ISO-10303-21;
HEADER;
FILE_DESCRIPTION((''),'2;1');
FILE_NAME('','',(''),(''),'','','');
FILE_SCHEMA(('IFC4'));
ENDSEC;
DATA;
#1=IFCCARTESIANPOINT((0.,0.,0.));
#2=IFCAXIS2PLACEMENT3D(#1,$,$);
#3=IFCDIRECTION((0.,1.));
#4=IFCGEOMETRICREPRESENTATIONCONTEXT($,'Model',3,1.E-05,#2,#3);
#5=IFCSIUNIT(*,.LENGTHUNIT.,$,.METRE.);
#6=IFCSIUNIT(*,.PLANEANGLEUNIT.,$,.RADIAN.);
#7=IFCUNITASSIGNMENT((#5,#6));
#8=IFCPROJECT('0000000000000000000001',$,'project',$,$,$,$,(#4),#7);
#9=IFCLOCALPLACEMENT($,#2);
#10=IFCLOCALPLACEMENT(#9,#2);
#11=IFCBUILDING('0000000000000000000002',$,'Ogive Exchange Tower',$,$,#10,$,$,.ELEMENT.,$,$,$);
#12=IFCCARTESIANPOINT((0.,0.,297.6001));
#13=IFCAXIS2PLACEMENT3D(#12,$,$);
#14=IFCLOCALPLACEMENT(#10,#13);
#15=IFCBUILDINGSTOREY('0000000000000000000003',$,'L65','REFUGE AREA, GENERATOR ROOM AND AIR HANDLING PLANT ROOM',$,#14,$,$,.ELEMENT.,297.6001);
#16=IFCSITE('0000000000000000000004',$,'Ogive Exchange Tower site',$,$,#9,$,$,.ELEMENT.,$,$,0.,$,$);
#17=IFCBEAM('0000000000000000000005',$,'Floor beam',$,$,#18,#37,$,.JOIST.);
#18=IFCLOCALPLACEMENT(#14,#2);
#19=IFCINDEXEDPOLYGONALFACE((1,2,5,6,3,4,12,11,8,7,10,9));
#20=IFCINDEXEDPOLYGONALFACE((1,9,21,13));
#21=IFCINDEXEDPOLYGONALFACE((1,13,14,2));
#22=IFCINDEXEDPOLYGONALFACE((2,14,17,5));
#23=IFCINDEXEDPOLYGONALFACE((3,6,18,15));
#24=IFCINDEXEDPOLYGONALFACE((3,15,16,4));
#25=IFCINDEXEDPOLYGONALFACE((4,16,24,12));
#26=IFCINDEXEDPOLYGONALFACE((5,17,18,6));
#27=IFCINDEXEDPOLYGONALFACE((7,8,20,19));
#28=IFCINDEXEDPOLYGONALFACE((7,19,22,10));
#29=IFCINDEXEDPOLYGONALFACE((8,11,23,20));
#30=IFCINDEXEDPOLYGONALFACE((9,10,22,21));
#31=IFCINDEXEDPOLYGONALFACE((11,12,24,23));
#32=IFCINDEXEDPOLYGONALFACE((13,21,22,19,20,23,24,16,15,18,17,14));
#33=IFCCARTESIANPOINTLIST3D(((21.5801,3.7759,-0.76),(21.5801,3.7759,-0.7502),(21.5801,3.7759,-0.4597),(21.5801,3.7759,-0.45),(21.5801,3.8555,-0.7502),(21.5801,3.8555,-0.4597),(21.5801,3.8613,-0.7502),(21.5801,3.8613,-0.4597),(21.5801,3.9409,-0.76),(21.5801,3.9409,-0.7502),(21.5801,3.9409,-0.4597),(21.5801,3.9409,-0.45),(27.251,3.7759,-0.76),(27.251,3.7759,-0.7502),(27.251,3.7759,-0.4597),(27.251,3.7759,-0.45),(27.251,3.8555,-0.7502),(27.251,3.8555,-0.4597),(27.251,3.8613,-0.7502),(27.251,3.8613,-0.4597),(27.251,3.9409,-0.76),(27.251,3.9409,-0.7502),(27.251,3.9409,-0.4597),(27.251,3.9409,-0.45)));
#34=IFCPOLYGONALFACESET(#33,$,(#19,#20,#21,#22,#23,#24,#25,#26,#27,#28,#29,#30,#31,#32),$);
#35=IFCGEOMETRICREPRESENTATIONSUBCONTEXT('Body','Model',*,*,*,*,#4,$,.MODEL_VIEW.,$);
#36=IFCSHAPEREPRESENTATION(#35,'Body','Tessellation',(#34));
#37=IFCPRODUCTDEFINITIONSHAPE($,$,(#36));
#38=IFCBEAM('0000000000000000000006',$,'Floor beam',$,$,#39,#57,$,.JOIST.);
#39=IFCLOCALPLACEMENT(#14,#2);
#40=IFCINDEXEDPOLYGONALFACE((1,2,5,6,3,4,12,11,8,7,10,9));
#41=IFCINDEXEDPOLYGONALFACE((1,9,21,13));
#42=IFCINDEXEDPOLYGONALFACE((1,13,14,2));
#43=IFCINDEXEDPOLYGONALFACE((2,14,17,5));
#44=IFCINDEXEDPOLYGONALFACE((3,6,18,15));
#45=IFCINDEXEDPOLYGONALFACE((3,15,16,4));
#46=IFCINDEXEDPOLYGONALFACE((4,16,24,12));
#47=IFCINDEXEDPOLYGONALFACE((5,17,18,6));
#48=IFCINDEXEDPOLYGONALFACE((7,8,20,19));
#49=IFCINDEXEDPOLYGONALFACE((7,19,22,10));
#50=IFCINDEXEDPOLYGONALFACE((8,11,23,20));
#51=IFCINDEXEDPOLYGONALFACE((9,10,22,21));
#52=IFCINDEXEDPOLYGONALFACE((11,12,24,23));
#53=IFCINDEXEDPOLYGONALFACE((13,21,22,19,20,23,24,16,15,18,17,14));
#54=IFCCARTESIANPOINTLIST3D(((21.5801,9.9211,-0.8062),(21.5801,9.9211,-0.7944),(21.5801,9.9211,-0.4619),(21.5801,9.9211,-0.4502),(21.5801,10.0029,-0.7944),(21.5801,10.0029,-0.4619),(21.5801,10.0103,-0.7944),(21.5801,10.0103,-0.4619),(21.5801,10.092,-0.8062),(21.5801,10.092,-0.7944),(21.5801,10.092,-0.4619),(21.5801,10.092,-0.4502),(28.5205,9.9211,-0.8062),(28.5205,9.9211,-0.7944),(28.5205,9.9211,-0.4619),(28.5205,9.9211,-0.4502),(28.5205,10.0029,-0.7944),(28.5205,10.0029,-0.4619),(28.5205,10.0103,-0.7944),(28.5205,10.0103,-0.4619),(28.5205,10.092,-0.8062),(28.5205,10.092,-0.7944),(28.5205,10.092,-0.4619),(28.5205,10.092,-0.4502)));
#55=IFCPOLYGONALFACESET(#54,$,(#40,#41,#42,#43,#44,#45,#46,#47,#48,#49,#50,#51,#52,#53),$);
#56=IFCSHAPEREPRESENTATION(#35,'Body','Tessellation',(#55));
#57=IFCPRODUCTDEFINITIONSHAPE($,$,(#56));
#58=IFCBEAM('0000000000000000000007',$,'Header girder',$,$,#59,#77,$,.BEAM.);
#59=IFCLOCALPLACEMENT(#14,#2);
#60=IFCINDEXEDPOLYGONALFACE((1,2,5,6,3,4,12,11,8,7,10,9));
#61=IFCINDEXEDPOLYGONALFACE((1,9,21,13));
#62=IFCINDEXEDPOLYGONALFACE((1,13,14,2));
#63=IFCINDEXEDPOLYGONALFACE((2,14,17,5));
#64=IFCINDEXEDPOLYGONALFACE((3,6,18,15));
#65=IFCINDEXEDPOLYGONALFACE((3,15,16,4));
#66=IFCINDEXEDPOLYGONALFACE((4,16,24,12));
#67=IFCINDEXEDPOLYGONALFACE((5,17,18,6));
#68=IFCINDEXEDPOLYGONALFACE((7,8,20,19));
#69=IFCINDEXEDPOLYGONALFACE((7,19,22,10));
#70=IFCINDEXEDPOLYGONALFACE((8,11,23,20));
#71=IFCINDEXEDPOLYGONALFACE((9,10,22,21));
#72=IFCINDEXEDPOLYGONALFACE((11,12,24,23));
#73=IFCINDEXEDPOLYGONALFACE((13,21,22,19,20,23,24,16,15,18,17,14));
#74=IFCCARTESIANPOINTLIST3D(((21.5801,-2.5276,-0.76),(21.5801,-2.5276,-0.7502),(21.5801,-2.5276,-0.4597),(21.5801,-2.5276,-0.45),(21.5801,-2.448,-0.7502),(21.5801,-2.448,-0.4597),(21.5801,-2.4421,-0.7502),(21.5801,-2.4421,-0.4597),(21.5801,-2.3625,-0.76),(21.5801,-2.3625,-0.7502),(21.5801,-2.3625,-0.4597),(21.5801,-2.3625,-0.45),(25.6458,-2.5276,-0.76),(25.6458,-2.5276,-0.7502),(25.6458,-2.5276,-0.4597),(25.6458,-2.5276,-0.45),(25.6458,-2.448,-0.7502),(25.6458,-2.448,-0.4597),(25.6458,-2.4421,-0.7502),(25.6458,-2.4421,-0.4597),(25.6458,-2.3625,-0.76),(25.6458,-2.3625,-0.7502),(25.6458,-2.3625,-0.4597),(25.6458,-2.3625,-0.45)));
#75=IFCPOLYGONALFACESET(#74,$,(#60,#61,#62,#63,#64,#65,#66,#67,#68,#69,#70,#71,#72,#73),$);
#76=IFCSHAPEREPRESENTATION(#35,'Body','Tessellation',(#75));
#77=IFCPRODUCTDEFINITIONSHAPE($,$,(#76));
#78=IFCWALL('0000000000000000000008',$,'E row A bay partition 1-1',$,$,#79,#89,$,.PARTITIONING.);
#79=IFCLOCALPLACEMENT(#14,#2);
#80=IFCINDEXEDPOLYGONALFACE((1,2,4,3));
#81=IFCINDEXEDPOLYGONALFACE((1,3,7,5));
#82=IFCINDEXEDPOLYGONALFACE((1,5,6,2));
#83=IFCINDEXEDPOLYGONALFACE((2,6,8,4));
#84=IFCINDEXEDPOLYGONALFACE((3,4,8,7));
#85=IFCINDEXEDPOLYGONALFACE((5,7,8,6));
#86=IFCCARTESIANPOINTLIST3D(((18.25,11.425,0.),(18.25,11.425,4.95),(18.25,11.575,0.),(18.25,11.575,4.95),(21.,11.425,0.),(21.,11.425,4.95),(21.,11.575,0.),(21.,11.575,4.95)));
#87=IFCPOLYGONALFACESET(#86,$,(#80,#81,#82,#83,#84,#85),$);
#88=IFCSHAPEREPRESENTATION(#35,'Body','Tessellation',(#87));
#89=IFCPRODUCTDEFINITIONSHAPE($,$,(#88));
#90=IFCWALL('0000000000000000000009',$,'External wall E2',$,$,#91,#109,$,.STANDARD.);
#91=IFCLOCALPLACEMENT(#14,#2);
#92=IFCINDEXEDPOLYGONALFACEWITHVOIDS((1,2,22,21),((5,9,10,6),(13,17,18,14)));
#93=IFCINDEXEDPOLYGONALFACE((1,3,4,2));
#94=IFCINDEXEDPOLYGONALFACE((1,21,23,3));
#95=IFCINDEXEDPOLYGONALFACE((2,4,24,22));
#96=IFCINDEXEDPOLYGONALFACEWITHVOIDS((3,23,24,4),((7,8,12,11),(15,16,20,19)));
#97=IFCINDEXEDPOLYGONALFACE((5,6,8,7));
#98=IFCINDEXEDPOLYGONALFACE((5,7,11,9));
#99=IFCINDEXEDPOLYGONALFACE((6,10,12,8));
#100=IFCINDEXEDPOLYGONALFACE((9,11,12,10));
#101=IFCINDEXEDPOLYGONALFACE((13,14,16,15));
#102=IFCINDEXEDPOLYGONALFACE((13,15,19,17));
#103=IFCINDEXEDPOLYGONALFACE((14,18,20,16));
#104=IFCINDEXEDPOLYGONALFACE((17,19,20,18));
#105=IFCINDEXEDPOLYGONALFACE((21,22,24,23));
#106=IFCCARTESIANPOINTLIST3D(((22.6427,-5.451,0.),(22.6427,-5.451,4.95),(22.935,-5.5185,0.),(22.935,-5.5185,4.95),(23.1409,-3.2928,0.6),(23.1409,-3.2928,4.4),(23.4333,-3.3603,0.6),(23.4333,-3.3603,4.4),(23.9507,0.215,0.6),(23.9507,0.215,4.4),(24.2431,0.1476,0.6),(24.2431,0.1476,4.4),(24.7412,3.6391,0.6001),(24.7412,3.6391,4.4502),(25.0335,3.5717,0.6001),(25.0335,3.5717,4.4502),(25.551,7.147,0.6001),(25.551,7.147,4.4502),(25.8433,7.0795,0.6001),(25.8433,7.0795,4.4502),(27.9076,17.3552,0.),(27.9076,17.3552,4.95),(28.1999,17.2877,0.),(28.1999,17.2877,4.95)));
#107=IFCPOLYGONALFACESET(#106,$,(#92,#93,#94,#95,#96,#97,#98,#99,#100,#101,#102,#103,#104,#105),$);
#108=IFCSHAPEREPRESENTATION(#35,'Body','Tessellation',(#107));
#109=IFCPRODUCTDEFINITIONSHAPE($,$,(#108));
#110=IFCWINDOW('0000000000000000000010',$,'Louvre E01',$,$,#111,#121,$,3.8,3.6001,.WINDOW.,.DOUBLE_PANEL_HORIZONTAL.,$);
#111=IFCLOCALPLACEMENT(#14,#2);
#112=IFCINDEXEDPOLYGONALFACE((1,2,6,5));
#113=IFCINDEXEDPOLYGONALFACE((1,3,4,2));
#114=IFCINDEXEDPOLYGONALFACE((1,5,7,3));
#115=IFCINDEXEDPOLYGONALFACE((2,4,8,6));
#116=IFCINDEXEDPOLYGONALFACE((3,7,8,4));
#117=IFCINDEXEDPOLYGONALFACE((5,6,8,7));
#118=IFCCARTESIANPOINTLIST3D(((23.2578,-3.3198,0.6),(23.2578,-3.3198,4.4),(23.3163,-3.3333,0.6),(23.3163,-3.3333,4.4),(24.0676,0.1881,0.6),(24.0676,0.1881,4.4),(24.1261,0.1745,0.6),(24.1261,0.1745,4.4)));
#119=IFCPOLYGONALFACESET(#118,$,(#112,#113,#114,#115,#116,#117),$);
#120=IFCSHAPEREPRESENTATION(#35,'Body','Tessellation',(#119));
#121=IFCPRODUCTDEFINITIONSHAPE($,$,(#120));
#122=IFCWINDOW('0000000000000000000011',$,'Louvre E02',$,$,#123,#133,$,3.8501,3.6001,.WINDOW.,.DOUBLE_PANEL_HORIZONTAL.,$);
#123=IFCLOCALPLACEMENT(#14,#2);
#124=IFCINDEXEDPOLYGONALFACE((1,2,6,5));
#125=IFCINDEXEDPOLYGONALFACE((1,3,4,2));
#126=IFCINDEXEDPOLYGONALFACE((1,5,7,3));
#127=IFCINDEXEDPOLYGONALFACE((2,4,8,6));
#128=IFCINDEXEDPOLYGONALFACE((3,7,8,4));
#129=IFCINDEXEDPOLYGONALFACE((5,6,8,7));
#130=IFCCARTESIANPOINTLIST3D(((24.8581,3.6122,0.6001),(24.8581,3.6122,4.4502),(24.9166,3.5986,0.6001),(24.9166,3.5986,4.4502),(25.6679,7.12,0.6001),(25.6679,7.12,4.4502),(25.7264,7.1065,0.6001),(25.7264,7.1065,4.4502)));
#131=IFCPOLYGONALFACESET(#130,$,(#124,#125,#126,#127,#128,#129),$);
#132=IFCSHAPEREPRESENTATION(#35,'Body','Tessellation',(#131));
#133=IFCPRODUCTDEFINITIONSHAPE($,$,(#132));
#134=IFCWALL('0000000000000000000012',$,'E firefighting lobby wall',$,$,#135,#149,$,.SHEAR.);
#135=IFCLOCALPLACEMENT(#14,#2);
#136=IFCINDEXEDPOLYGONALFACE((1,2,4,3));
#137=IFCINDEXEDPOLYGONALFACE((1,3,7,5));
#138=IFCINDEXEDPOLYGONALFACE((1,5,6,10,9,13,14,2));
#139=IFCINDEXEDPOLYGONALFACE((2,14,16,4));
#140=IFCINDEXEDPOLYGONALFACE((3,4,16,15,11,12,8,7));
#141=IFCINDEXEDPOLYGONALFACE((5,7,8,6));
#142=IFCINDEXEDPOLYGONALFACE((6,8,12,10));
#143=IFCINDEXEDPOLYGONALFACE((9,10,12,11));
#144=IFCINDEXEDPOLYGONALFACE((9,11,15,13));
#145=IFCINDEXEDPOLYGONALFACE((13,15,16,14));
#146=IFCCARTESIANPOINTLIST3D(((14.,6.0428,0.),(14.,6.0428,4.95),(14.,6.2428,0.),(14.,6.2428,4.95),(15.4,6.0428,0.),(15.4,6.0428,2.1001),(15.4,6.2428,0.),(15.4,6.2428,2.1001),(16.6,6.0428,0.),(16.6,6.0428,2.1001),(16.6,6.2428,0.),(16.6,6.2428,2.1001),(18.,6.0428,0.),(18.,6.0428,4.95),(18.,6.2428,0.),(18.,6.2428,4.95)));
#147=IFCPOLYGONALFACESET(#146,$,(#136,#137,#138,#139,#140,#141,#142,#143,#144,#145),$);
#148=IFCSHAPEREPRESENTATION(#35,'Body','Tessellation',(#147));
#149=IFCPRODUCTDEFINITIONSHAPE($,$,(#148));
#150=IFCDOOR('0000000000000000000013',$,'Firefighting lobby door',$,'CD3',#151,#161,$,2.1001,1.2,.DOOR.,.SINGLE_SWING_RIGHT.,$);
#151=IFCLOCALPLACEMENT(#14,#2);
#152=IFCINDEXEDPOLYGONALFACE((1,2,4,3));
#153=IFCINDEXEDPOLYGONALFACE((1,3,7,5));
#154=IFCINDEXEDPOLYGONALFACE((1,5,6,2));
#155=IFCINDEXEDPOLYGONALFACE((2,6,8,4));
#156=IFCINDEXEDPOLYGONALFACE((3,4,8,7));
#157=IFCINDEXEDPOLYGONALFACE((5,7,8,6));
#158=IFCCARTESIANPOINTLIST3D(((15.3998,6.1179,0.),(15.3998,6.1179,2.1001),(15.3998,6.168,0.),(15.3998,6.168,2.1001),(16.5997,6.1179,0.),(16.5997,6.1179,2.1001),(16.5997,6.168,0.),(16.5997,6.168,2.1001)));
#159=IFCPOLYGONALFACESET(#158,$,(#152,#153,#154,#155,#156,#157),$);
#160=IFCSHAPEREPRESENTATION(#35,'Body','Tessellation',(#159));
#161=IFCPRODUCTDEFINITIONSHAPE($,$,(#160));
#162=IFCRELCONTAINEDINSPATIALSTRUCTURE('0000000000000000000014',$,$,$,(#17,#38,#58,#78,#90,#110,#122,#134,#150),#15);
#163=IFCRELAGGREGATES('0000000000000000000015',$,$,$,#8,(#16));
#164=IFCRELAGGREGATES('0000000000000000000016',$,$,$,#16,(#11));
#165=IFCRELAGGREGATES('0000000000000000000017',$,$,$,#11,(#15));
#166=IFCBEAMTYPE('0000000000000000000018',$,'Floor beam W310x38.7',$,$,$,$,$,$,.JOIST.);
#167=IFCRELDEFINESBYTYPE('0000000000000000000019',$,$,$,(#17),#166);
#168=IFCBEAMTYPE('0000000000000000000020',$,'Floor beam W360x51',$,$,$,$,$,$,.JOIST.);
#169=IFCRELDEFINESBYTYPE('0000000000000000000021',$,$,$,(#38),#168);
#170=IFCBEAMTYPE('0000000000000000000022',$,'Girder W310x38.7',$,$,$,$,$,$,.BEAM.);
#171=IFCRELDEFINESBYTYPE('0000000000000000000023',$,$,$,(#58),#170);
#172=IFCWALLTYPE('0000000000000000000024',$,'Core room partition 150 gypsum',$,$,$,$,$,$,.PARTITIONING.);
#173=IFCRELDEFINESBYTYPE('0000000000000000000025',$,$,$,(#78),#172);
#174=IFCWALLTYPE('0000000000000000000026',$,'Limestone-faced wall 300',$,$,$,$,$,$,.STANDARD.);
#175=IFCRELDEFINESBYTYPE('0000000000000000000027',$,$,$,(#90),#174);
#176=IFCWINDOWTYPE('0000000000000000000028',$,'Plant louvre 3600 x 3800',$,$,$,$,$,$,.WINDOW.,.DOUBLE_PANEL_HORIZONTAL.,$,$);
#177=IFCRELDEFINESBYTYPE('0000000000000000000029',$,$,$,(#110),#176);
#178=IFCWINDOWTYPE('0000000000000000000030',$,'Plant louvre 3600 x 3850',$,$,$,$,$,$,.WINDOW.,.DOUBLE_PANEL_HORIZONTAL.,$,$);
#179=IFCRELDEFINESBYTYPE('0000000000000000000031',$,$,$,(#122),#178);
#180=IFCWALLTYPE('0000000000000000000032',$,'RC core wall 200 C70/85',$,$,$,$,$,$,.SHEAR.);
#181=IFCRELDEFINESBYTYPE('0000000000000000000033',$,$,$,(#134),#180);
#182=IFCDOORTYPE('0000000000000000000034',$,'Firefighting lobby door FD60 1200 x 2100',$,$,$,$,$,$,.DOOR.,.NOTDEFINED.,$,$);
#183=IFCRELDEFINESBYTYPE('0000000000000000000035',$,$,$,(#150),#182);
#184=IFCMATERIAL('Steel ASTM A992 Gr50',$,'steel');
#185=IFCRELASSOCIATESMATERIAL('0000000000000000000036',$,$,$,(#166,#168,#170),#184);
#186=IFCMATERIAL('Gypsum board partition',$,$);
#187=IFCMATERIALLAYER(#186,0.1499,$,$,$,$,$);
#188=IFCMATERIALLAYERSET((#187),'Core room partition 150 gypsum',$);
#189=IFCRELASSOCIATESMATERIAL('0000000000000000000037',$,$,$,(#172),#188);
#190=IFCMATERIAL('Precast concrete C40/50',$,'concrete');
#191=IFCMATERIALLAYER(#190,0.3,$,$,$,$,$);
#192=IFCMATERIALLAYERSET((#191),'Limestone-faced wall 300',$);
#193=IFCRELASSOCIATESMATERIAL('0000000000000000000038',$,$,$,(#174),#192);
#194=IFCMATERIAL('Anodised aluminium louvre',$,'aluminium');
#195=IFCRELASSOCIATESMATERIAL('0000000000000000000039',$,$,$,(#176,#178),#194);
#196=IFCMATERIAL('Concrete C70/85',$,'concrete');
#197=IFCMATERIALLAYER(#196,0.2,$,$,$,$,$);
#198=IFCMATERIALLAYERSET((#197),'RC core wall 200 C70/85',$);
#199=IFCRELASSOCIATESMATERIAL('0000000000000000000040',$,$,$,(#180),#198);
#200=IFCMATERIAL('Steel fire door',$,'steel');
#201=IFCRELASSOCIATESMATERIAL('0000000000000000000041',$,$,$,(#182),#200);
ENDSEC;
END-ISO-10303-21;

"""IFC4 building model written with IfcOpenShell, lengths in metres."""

from ifc_helpers import new_model, si_unit, direction, frame, frame_2d, origin, origin_2d, place, context, subcontext, project, spatial, rectangle, i_section, extrude, material, layer, layer_set, material_profile, profile_set, type_object, element, fill, save


model = new_model("IFC4")

# Units and contexts
model_context = context("Model", 3, precision=1e-05, world=origin(), true_north=direction((0.0, 1.0)))
body_context = subcontext(model_context, "Body", "Model", "MODEL_VIEW")
ifc_project = project(units=[si_unit("LENGTHUNIT", "METRE"), si_unit("PLANEANGLEUNIT", "RADIAN")], contexts=[model_context])

# Site, building, storey
site_placement = place(None, origin())
site = spatial("IfcSite", under=ifc_project, at=site_placement, Name="Ogive Exchange Tower site", CompositionType="ELEMENT", RefElevation=0.0)
building_placement = place(site_placement, origin())
building = spatial("IfcBuilding", under=site, at=building_placement, Name="Ogive Exchange Tower", CompositionType="ELEMENT")
storey_placement = place(building_placement, frame((0.0, 0.0, 297.6001)))
storey = spatial("IfcBuildingStorey", under=building, at=storey_placement, Name="L65", Description="REFUGE AREA, GENERATOR ROOM AND AIR HANDLING PLANT ROOM", CompositionType="ELEMENT", Elevation=297.6001)

# Beams
ifc_material_1 = material(Name="Steel ASTM A992 Gr50", Category="steel")
ifc_material_profile_1 = material_profile(ifc_material_1, i_section(OverallWidth=0.165, OverallDepth=0.3101, WebThickness=0.0059, FlangeThickness=0.0098, at=origin_2d()), Name="W310x38.7")
ifc_profile_set_1 = profile_set([ifc_material_profile_1], Name="Steel ASTM A992 Gr50")
beam_type_1 = type_object("IfcBeamType", Name="Floor beam W310x38.7", PredefinedType="JOIST", material=ifc_profile_set_1)
beam_1_placement = place(storey_placement, frame((21.5801, 3.8584, -0.605), z_axis=(1.0, 0.0, 0.0), x_axis=(0.0, 1.0, 0.0)))
element("IfcBeam", 1, at=beam_1_placement, inside=storey, type_object=beam_type_1, Name="Floor beam", PredefinedType="JOIST", context=body_context, shape_type="SweptSolid", body=[
    extrude(i_section(OverallWidth=0.165, OverallDepth=0.3101, WebThickness=0.0059, FlangeThickness=0.0098, at=origin_2d()), origin(), (0.0, 0.0, 1.0), 5.6709),
])
ifc_material_profile_2 = material_profile(ifc_material_1, i_section(OverallWidth=0.1709, OverallDepth=0.356, WebThickness=0.0073, FlangeThickness=0.0117, at=origin_2d()), Name="W360x51")
ifc_profile_set_2 = profile_set([ifc_material_profile_2], Name="Steel ASTM A992 Gr50")
beam_type_2 = type_object("IfcBeamType", Name="Floor beam W360x51", PredefinedType="JOIST", material=ifc_profile_set_2)
beam_2_placement = place(storey_placement, frame((21.5801, 10.0066, -0.6282), z_axis=(1.0, 0.0, 0.0), x_axis=(0.0, 1.0, 0.0)))
element("IfcBeam", 2, at=beam_2_placement, inside=storey, type_object=beam_type_2, Name="Floor beam", PredefinedType="JOIST", context=body_context, shape_type="SweptSolid", body=[
    extrude(i_section(OverallWidth=0.1709, OverallDepth=0.356, WebThickness=0.0073, FlangeThickness=0.0117, at=origin_2d()), origin(), (0.0, 0.0, 1.0), 6.9404),
])
ifc_material_profile_3 = material_profile(ifc_material_1, i_section(OverallWidth=0.165, OverallDepth=0.3101, WebThickness=0.0059, FlangeThickness=0.0098, at=origin_2d()), Name="W310x38.7")
ifc_profile_set_3 = profile_set([ifc_material_profile_3], Name="Steel ASTM A992 Gr50")
beam_type_3 = type_object("IfcBeamType", Name="Girder W310x38.7", PredefinedType="BEAM", material=ifc_profile_set_3)
beam_3_placement = place(storey_placement, frame((21.5801, -2.4451, -0.605), z_axis=(1.0, 0.0, 0.0), x_axis=(0.0, 1.0, 0.0)))
element("IfcBeam", 3, at=beam_3_placement, inside=storey, type_object=beam_type_3, Name="Header girder", PredefinedType="BEAM", context=body_context, shape_type="SweptSolid", body=[
    extrude(i_section(OverallWidth=0.165, OverallDepth=0.3101, WebThickness=0.0059, FlangeThickness=0.0098, at=origin_2d()), origin(), (0.0, 0.0, 1.0), 4.0657),
])

# Wall
ifc_material_2 = material(Name="Gypsum board partition")
ifc_layer_1 = layer(ifc_material_2, 0.1499)
ifc_layer_set_1 = layer_set([ifc_layer_1], Name="Core room partition 150 gypsum")
wall_type_1 = type_object("IfcWallType", Name="Core room partition 150 gypsum", PredefinedType="PARTITIONING", material=ifc_layer_set_1)
wall_1_placement = place(storey_placement, frame((18.25, 11.5, 0.0), z_axis=(0.0, 0.0, 1.0), x_axis=(1.0, 0.0, 0.0)))
element("IfcWall", 4, at=wall_1_placement, inside=storey, type_object=wall_type_1, Name="E row A bay partition 1-1", PredefinedType="PARTITIONING", context=body_context, shape_type="SweptSolid", body=[
    extrude(rectangle(XDim=2.75, YDim=0.1499, at=frame_2d((1.375, 0.0))), origin(), (0.0, 0.0, 1.0), 4.95),
])

# Wall, openings, windows
ifc_material_3 = material(Name="Precast concrete C40/50", Category="concrete")
ifc_layer_2 = layer(ifc_material_3, 0.3)
ifc_layer_set_2 = layer_set([ifc_layer_2], Name="Limestone-faced wall 300")
wall_type_2 = type_object("IfcWallType", Name="Limestone-faced wall 300", PredefinedType="STANDARD", material=ifc_layer_set_2)
wall_2_placement = place(storey_placement, frame((22.7888, -5.4849, 0.0), z_axis=(0.0, 0.0, 1.0), x_axis=(0.224938, 0.974373, 0.0)))
wall_2 = element("IfcWall", 5, at=wall_2_placement, inside=storey, type_object=wall_type_2, Name="External wall E2", PredefinedType="STANDARD", context=body_context, shape_type="SweptSolid", body=[
    extrude(rectangle(XDim=23.406, YDim=0.3, at=frame_2d((11.7031, 0.0))), origin(), (0.0, 0.0, 1.0), 4.95),
])
opening_1_placement = place(wall_2_placement, frame((2.2151, 0.0, 0.6001)))
opening_1 = element("IfcOpeningElement", 6, at=opening_1_placement, cuts=wall_2, PredefinedType="OPENING", context=body_context, shape_type="SweptSolid", body=[
    extrude(rectangle(XDim=3.6001, YDim=3.8, at=frame_2d((1.8, 1.8999))), frame((0.0, 0.1599, 0.0), z_axis=(0.0, -1.0, 0.0), x_axis=(1.0, 0.0, 0.0)), (0.0, 0.0, 1.0), 0.3201),
])
opening_2_placement = place(wall_2_placement, frame((9.3293, 0.0, 0.6001)))
opening_2 = element("IfcOpeningElement", 7, at=opening_2_placement, cuts=wall_2, PredefinedType="OPENING", context=body_context, shape_type="SweptSolid", body=[
    extrude(rectangle(XDim=3.6001, YDim=3.8501, at=frame_2d((1.8, 1.925))), frame((0.0, 0.1599, 0.0), z_axis=(0.0, -1.0, 0.0), x_axis=(1.0, 0.0, 0.0)), (0.0, 0.0, 1.0), 0.3201),
])
ifc_material_4 = material(Name="Anodised aluminium louvre", Category="aluminium")
window_type_1 = type_object("IfcWindowType", Name="Plant louvre 3600 x 3800", PartitioningType="DOUBLE_PANEL_HORIZONTAL", PredefinedType="WINDOW", material=ifc_material_4)
window_1_placement = place(opening_1_placement, origin())
window_1 = element("IfcWindow", 8, at=window_1_placement, inside=storey, type_object=window_type_1, Name="Louvre E01", OverallHeight=3.8, OverallWidth=3.6001, PartitioningType="DOUBLE_PANEL_HORIZONTAL", PredefinedType="WINDOW", context=body_context, shape_type="SweptSolid", body=[
    extrude(rectangle(XDim=3.6001, YDim=3.8, at=frame_2d((1.8, 1.8999))), frame((0.0, 0.03, 0.0), z_axis=(0.0, -1.0, 0.0), x_axis=(1.0, 0.0, 0.0)), (0.0, 0.0, 1.0), 0.0601),
])
fill(opening_1, window_1)
window_type_2 = type_object("IfcWindowType", Name="Plant louvre 3600 x 3850", PartitioningType="DOUBLE_PANEL_HORIZONTAL", PredefinedType="WINDOW", material=ifc_material_4)
window_2_placement = place(opening_2_placement, origin())
window_2 = element("IfcWindow", 9, at=window_2_placement, inside=storey, type_object=window_type_2, Name="Louvre E02", OverallHeight=3.8501, OverallWidth=3.6001, PartitioningType="DOUBLE_PANEL_HORIZONTAL", PredefinedType="WINDOW", context=body_context, shape_type="SweptSolid", body=[
    extrude(rectangle(XDim=3.6001, YDim=3.8501, at=frame_2d((1.8, 1.925))), frame((0.0, 0.03, 0.0), z_axis=(0.0, -1.0, 0.0), x_axis=(1.0, 0.0, 0.0)), (0.0, 0.0, 1.0), 0.0601),
])
fill(opening_2, window_2)

# Wall, opening, door
ifc_material_5 = material(Name="Concrete C70/85", Category="concrete")
ifc_layer_3 = layer(ifc_material_5, 0.2)
ifc_layer_set_3 = layer_set([ifc_layer_3], Name="RC core wall 200 C70/85")
wall_type_3 = type_object("IfcWallType", Name="RC core wall 200 C70/85", PredefinedType="SHEAR", material=ifc_layer_set_3)
wall_3_placement = place(storey_placement, frame((14.0, 6.1428, 0.0), z_axis=(0.0, 0.0, 1.0), x_axis=(1.0, 0.0, 0.0)))
wall_3 = element("IfcWall", 10, at=wall_3_placement, inside=storey, type_object=wall_type_3, Name="E firefighting lobby wall", PredefinedType="SHEAR", context=body_context, shape_type="SweptSolid", body=[
    extrude(rectangle(XDim=4.0, YDim=0.2, at=frame_2d((2.0, 0.0))), origin(), (0.0, 0.0, 1.0), 4.95),
])
opening_3_placement = place(wall_3_placement, frame((1.3999, 0.0, 0.0)))
opening_3 = element("IfcOpeningElement", 11, at=opening_3_placement, cuts=wall_3, PredefinedType="OPENING", context=body_context, shape_type="SweptSolid", body=[
    extrude(rectangle(XDim=1.2, YDim=2.1001, at=frame_2d((0.6001, 1.05))), frame((0.0, 0.1099, 0.0), z_axis=(0.0, -1.0, 0.0), x_axis=(1.0, 0.0, 0.0)), (0.0, 0.0, 1.0), 0.22),
])
ifc_material_6 = material(Name="Steel fire door", Category="steel")
door_type_1 = type_object("IfcDoorType", Name="Firefighting lobby door FD60 1200 x 2100", OperationType="NOTDEFINED", PredefinedType="DOOR", material=ifc_material_6)
door_1_placement = place(opening_3_placement, frame((1.2, 0.0, 0.0), z_axis=(0.0, 0.0, 1.0), x_axis=(-1.0, 0.0, 0.0)))
door_1 = element("IfcDoor", 12, at=door_1_placement, inside=storey, type_object=door_type_1, Name="Firefighting lobby door", ObjectType="CD3", OperationType="SINGLE_SWING_RIGHT", OverallHeight=2.1001, OverallWidth=1.2, PredefinedType="DOOR", context=body_context, shape_type="SweptSolid", body=[
    extrude(rectangle(XDim=1.2, YDim=2.1001, at=frame_2d((0.6001, 1.05))), frame((0.0, 0.0249, 0.0), z_axis=(0.0, -1.0, 0.0), x_axis=(1.0, 0.0, 0.0)), (0.0, 0.0, 1.0), 0.05),
])
fill(opening_3, door_1)

save(model, "model.ifc")
